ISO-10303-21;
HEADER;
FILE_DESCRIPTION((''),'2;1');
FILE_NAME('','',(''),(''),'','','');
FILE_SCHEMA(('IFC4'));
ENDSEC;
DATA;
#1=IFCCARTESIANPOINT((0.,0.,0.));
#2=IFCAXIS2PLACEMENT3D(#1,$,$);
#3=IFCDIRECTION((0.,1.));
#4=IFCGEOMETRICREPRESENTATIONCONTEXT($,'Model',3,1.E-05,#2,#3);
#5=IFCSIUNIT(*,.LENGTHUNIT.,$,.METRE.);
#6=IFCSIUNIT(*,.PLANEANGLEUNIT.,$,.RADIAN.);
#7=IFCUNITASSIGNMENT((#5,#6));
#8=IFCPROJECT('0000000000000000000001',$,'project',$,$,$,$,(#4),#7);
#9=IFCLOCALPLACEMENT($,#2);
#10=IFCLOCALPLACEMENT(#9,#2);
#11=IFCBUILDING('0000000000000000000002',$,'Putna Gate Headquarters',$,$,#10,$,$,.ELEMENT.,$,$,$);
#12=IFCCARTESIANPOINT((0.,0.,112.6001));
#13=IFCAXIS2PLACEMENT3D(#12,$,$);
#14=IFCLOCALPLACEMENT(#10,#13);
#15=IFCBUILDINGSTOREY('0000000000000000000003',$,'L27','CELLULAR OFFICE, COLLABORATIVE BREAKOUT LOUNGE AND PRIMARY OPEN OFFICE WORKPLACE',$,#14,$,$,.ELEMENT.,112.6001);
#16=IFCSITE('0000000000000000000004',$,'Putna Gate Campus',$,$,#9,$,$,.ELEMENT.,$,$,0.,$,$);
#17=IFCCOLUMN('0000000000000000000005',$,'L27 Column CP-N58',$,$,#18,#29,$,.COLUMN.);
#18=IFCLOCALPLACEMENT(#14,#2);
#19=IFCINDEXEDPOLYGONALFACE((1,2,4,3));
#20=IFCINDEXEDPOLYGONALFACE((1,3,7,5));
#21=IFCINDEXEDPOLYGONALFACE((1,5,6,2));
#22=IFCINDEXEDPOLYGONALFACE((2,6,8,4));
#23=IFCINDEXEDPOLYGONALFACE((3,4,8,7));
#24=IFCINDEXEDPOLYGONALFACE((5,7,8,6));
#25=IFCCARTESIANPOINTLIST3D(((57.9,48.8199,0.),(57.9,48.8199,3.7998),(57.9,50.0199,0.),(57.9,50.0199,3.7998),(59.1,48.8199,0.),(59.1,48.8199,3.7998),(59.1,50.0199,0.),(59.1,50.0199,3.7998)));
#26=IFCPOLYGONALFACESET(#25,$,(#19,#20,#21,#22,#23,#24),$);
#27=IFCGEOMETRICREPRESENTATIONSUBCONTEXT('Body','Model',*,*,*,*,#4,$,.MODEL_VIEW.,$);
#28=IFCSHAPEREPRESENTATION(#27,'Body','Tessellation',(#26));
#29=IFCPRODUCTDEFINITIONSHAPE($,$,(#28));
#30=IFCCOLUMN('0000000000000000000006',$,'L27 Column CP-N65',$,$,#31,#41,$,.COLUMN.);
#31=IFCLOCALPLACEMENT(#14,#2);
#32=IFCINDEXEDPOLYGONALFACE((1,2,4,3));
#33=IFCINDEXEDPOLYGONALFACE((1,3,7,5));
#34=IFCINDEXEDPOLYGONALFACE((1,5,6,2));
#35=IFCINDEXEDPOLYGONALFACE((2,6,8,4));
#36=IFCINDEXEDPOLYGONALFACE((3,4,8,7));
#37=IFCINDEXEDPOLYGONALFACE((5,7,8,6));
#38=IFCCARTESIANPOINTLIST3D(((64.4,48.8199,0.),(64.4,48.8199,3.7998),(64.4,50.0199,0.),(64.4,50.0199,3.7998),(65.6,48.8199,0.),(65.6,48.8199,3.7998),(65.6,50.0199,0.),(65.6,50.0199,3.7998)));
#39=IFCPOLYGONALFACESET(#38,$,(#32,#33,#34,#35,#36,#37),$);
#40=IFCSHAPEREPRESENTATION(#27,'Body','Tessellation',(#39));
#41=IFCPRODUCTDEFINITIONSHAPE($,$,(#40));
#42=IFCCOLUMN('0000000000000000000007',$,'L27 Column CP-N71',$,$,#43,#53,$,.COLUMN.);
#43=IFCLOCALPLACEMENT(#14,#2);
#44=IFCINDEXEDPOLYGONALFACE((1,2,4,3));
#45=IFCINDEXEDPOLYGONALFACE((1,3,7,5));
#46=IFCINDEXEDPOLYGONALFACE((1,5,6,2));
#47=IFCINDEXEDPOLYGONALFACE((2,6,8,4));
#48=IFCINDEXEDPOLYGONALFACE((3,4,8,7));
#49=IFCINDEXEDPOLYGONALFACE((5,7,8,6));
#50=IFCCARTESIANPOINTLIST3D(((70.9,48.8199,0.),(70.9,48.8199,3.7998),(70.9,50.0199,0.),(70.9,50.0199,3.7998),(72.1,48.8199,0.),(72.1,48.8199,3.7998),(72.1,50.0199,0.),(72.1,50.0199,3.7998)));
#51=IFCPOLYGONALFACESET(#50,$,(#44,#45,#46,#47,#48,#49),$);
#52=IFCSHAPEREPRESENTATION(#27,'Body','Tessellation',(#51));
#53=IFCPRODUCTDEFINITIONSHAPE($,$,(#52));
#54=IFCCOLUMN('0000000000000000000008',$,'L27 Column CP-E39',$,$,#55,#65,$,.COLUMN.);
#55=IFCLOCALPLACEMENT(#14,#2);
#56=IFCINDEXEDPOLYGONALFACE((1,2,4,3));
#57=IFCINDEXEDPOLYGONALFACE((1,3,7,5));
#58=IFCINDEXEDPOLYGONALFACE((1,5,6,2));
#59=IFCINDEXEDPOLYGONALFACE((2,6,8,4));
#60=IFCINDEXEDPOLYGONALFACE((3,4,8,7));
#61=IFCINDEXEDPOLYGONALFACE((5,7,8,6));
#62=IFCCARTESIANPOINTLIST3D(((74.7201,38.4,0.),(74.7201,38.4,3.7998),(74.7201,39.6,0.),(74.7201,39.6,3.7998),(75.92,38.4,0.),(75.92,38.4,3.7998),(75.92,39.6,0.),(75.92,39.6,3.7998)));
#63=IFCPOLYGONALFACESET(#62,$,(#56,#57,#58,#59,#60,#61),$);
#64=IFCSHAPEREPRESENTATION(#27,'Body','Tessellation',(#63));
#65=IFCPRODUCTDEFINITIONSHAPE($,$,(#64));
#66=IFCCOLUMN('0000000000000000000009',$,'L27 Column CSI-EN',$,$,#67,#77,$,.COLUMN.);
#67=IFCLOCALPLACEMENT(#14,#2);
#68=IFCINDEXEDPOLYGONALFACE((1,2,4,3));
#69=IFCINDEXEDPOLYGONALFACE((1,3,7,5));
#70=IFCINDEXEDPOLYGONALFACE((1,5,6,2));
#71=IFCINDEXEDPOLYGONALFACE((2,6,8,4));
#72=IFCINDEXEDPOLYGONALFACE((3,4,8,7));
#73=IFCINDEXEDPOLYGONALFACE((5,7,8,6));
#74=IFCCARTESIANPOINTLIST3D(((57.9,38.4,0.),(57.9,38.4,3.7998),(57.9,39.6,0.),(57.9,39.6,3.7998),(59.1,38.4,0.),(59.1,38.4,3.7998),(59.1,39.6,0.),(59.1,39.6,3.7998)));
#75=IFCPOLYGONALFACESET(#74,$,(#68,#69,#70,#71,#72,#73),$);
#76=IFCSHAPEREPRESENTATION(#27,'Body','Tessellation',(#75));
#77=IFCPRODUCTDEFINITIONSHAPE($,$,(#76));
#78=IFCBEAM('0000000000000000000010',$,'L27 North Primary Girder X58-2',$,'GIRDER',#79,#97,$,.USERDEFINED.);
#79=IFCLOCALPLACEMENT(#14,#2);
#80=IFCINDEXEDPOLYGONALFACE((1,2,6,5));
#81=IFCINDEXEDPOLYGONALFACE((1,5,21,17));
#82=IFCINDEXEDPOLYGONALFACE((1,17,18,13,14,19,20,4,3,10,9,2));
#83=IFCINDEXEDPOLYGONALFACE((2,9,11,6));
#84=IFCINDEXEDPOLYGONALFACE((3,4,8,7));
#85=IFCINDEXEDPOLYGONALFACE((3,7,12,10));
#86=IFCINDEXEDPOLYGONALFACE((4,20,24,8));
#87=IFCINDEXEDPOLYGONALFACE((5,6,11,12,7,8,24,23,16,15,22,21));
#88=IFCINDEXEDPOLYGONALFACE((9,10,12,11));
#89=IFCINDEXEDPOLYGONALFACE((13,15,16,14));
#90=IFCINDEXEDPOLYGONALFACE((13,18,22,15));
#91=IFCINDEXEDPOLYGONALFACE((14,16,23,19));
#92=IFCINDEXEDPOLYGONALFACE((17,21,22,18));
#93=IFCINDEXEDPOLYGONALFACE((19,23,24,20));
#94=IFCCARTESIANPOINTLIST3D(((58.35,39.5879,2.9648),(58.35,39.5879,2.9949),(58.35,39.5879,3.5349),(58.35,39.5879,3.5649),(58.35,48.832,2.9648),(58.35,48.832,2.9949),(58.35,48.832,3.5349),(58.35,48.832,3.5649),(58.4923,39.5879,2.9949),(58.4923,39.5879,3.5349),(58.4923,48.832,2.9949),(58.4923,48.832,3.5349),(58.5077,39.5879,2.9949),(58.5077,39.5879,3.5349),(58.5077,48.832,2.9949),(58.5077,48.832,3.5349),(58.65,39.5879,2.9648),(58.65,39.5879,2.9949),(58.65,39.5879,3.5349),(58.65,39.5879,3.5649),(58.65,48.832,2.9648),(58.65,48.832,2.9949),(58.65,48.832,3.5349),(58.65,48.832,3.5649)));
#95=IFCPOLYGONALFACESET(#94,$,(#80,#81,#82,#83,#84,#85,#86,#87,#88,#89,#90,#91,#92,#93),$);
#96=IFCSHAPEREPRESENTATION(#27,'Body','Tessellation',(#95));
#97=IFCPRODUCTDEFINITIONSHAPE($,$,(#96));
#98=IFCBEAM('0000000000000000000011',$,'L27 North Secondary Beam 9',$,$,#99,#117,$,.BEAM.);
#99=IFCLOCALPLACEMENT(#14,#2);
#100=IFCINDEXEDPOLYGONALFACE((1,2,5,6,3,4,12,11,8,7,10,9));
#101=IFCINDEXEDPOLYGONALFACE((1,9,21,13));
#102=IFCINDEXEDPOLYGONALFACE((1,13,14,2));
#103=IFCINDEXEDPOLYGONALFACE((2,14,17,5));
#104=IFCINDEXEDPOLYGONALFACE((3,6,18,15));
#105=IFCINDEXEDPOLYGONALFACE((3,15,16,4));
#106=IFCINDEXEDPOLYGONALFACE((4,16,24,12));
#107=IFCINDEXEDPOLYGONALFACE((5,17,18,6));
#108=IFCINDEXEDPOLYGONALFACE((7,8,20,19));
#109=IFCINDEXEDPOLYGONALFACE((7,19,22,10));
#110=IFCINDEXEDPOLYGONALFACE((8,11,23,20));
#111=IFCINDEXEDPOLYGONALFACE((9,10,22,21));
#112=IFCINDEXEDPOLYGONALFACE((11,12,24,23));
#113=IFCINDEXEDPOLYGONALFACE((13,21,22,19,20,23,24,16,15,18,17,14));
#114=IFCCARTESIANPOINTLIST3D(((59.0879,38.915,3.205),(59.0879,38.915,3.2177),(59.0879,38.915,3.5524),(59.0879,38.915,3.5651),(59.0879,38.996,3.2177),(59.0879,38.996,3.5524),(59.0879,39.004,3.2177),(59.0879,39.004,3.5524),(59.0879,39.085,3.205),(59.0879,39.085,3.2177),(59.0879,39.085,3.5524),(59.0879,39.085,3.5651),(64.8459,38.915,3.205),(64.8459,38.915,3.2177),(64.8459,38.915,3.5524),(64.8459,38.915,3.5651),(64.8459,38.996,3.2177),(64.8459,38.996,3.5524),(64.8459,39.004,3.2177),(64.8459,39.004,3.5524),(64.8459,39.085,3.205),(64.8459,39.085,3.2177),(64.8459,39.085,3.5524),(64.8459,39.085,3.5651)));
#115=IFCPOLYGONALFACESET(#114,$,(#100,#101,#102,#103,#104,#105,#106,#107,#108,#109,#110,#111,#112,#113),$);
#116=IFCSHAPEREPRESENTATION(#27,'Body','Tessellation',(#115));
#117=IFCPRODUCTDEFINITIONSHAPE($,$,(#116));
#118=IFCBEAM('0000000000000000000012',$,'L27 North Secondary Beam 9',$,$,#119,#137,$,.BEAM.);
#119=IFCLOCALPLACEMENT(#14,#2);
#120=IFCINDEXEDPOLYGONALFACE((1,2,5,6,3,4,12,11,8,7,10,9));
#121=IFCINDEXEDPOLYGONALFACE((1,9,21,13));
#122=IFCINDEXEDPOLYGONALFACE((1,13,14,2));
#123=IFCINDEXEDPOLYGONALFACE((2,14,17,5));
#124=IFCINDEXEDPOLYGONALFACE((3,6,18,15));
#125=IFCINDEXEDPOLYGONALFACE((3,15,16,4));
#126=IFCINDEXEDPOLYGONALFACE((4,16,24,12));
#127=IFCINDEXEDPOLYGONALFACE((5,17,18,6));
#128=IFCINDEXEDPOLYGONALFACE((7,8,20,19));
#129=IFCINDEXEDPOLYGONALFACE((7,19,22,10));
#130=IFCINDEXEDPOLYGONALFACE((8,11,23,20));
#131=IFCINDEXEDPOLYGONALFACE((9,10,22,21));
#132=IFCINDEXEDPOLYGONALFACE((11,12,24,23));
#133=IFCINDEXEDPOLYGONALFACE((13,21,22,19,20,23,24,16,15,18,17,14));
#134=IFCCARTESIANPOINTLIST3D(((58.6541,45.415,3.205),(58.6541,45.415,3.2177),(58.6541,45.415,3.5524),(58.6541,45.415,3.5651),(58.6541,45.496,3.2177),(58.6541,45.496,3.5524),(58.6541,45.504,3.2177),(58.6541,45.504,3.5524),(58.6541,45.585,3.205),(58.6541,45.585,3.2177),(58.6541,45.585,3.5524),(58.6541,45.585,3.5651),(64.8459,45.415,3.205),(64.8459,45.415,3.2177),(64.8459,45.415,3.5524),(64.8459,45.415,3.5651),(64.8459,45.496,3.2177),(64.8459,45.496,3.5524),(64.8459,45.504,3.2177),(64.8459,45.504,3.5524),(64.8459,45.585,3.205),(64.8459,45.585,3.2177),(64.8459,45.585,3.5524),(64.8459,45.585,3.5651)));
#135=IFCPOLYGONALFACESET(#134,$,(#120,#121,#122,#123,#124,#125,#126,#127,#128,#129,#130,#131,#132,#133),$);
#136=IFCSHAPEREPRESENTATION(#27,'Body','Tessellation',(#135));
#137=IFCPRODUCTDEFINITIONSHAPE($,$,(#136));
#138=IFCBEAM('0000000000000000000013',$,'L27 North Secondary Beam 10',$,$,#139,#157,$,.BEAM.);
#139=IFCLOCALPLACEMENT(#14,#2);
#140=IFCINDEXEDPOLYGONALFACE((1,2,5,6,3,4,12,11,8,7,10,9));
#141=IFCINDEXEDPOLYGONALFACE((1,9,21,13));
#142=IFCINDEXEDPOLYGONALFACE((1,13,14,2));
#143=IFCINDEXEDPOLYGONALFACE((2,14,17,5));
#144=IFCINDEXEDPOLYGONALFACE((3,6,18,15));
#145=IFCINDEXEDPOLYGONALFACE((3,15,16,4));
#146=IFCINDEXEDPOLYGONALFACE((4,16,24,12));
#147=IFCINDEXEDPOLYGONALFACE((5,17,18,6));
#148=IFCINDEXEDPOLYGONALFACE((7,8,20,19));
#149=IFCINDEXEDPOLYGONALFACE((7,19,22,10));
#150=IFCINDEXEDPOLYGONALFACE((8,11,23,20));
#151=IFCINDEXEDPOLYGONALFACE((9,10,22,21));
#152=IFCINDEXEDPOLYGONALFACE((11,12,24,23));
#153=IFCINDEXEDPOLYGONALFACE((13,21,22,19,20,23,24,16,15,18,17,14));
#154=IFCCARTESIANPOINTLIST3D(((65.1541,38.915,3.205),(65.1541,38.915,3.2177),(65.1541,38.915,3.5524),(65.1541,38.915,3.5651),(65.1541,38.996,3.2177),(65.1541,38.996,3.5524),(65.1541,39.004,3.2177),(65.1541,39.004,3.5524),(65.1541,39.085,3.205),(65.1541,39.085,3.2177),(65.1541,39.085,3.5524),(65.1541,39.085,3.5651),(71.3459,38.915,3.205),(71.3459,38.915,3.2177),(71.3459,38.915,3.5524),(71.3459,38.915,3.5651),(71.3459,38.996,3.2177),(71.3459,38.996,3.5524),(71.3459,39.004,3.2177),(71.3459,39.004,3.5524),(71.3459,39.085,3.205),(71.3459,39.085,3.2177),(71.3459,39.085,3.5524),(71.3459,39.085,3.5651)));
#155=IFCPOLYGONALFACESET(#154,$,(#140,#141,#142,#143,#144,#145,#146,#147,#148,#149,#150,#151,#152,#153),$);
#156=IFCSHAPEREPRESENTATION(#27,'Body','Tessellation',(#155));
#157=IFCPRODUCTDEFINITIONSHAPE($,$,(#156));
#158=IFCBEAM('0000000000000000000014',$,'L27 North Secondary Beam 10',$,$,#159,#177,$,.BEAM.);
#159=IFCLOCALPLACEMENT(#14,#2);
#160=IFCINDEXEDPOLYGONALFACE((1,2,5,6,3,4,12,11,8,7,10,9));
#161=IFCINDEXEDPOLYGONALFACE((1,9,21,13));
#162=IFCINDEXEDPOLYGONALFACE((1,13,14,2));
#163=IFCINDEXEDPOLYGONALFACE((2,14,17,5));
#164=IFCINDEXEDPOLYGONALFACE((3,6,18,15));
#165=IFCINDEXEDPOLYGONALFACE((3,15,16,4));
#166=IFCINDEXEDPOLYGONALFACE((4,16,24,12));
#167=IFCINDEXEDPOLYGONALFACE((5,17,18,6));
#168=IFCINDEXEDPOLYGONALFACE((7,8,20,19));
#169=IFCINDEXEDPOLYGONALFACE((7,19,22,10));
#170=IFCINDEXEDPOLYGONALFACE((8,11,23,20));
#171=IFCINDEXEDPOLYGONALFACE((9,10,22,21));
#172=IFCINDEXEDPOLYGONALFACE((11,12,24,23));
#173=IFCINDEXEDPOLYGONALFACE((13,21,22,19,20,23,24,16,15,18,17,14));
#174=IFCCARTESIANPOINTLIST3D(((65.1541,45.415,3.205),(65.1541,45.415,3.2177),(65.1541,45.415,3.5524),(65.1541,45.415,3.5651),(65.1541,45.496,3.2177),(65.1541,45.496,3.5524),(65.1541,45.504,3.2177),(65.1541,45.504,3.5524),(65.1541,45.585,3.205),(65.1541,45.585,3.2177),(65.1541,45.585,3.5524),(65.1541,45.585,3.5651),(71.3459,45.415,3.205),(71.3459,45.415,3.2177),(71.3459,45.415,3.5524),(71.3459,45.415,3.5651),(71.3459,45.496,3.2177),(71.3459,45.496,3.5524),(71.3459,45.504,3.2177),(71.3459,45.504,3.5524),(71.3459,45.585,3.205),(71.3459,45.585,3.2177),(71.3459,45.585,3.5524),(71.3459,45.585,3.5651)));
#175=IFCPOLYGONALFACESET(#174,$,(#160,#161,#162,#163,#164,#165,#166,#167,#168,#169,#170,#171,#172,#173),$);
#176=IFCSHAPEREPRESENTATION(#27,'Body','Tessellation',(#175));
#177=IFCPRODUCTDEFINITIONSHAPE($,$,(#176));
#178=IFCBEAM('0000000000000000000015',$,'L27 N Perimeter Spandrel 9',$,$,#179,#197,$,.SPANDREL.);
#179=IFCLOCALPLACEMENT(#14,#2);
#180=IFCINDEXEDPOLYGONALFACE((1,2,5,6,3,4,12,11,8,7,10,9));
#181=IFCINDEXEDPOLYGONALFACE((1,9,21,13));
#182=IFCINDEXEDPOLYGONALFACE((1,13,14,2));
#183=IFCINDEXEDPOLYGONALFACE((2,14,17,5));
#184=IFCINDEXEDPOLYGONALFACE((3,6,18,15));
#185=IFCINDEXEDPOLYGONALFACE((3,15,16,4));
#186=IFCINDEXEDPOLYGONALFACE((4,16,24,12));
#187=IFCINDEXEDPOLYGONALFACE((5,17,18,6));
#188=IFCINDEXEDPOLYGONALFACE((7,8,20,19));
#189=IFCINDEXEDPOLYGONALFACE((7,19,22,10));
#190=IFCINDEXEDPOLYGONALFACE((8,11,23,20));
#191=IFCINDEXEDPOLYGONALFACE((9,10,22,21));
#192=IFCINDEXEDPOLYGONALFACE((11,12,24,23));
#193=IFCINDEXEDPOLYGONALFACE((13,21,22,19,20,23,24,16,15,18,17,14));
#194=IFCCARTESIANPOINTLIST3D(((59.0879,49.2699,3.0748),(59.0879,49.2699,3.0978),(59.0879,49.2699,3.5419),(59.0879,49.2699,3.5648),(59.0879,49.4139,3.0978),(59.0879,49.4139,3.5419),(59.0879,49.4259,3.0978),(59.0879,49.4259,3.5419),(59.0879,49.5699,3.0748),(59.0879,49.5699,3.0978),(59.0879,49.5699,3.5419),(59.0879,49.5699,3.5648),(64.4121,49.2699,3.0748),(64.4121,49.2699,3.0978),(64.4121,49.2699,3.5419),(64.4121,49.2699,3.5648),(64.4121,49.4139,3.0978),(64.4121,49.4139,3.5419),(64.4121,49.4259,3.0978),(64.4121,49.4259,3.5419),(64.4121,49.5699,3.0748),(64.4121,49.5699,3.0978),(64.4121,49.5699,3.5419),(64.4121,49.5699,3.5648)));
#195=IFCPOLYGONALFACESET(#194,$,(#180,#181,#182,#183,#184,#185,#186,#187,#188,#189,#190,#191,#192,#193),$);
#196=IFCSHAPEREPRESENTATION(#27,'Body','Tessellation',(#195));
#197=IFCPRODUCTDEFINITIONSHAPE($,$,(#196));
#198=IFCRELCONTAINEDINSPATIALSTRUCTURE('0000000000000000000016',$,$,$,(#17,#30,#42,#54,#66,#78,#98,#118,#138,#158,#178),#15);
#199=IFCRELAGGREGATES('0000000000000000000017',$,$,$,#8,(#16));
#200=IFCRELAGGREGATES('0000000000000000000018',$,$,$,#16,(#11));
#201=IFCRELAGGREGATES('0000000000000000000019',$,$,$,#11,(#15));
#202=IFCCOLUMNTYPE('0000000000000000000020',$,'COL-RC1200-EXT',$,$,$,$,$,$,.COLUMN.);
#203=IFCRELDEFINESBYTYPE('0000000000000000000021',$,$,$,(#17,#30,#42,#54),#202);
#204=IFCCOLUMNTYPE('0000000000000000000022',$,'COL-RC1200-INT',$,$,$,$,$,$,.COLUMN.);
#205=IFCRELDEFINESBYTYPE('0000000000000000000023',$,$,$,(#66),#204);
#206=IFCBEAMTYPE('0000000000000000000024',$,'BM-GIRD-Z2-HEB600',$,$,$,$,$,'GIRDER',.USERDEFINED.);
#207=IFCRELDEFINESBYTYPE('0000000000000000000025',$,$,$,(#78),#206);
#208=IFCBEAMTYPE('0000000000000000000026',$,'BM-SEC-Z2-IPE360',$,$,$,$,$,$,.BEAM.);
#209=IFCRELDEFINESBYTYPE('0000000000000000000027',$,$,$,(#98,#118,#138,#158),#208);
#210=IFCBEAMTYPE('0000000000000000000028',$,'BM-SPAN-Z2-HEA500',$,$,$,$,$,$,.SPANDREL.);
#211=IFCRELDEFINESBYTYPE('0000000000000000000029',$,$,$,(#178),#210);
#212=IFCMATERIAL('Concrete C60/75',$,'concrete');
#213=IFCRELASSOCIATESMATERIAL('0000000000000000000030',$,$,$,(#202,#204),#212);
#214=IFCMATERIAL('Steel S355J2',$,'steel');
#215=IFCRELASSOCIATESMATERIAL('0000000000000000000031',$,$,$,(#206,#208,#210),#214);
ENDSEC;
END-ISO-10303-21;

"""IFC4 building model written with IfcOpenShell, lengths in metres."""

from ifc_helpers import new_model, si_unit, direction, frame, origin, origin_2d, place, context, subcontext, project, spatial, rectangle, i_section, extrude, material, material_profile, profile_set, type_object, element, save


model = new_model("IFC4")

# Units and contexts
model_context = context("Model", 3, precision=1e-05, world=origin(), true_north=direction((0.0, 1.0)))
body_context = subcontext(model_context, "Body", "Model", "MODEL_VIEW")
ifc_project = project(units=[si_unit("LENGTHUNIT", "METRE"), si_unit("PLANEANGLEUNIT", "RADIAN")], contexts=[model_context])

# Site, building, storey
site_placement = place(None, origin())
site = spatial("IfcSite", under=ifc_project, at=site_placement, Name="Putna Gate Campus", CompositionType="ELEMENT", RefElevation=0.0)
building_placement = place(site_placement, origin())
building = spatial("IfcBuilding", under=site, at=building_placement, Name="Putna Gate Headquarters", CompositionType="ELEMENT")
storey_placement = place(building_placement, frame((0.0, 0.0, 112.6001)))
storey = spatial("IfcBuildingStorey", under=building, at=storey_placement, Name="L27", Description="CELLULAR OFFICE, COLLABORATIVE BREAKOUT LOUNGE AND PRIMARY OPEN OFFICE WORKPLACE", CompositionType="ELEMENT", Elevation=112.6001)

# Columns
ifc_material_1 = material(Name="Concrete C60/75", Category="concrete")
ifc_material_profile_1 = material_profile(ifc_material_1, rectangle(XDim=1.2, YDim=1.2, at=origin_2d()), Name="Concrete C60/75")
ifc_profile_set_1 = profile_set([ifc_material_profile_1], Name="Concrete C60/75")
column_type_1 = type_object("IfcColumnType", Name="COL-RC1200-EXT", PredefinedType="COLUMN", material=ifc_profile_set_1)
for number, where, z_axis, x_axis, name in (
    (1, (58.5, 49.4199, 0.0), (0.0, 0.0, 1.0), (1.0, 0.0, 0.0), "L27 Column CP-N58"),
    (2, (65.0, 49.4199, 0.0), (0.0, 0.0, 1.0), (1.0, 0.0, 0.0), "L27 Column CP-N65"),
    (3, (71.5, 49.4199, 0.0), (0.0, 0.0, 1.0), (1.0, 0.0, 0.0), "L27 Column CP-N71"),
    (4, (75.3201, 39.0, 0.0), (0.0, 0.0, 1.0), (1.0, 0.0, 0.0), "L27 Column CP-E39"),
):
    element("IfcColumn", number, at=place(storey_placement, frame(where, z_axis=z_axis, x_axis=x_axis)), inside=storey, type_object=column_type_1, Name=name, PredefinedType="COLUMN", context=body_context, shape_type="SweptSolid", body=[
        extrude(rectangle(XDim=1.2, YDim=1.2, at=origin_2d()), origin(), (0.0, 0.0, 1.0), 3.7998),
    ])
ifc_material_profile_2 = material_profile(ifc_material_1, rectangle(XDim=1.2, YDim=1.2, at=origin_2d()), Name="Concrete C60/75")
ifc_profile_set_2 = profile_set([ifc_material_profile_2], Name="Concrete C60/75")
column_type_2 = type_object("IfcColumnType", Name="COL-RC1200-INT", PredefinedType="COLUMN", material=ifc_profile_set_2)
column_placement = place(storey_placement, frame((58.5, 39.0, 0.0), z_axis=(0.0, 0.0, 1.0), x_axis=(1.0, 0.0, 0.0)))
element("IfcColumn", 5, at=column_placement, inside=storey, type_object=column_type_2, Name="L27 Column CSI-EN", PredefinedType="COLUMN", context=body_context, shape_type="SweptSolid", body=[
    extrude(rectangle(XDim=1.2, YDim=1.2, at=origin_2d()), origin(), (0.0, 0.0, 1.0), 3.7998),
])

# Beams
ifc_material_2 = material(Name="Steel S355J2", Category="steel")
ifc_material_profile_3 = material_profile(ifc_material_2, i_section(OverallWidth=0.3, OverallDepth=0.6001, WebThickness=0.0154, FlangeThickness=0.03, at=origin_2d()), Name="Steel S355J2")
ifc_profile_set_3 = profile_set([ifc_material_profile_3], Name="Steel S355J2")
beam_type_1 = type_object("IfcBeamType", Name="BM-GIRD-Z2-HEB600", ElementType="GIRDER", PredefinedType="USERDEFINED", material=ifc_profile_set_3)
beam_1_placement = place(storey_placement, frame((58.5, 39.5879, 3.2649), z_axis=(0.0, 1.0, 0.0), x_axis=(-1.0, 0.0, 0.0)))
element("IfcBeam", 6, at=beam_1_placement, inside=storey, type_object=beam_type_1, Name="L27 North Primary Girder X58-2", ObjectType="GIRDER", PredefinedType="USERDEFINED", context=body_context, shape_type="SweptSolid", body=[
    extrude(i_section(OverallWidth=0.3, OverallDepth=0.6001, WebThickness=0.0154, FlangeThickness=0.03, at=origin_2d()), origin(), (0.0, 0.0, 1.0), 9.2441),
])
ifc_material_profile_4 = material_profile(ifc_material_2, i_section(OverallWidth=0.1699, OverallDepth=0.3601, WebThickness=0.0081, FlangeThickness=0.0127, at=origin_2d()), Name="Steel S355J2")
ifc_profile_set_4 = profile_set([ifc_material_profile_4], Name="Steel S355J2")
beam_type_2 = type_object("IfcBeamType", Name="BM-SEC-Z2-IPE360", PredefinedType="BEAM", material=ifc_profile_set_4)
beam_2_placement = place(storey_placement, frame((59.0879, 39.0, 3.385), z_axis=(1.0, 0.0, 0.0), x_axis=(0.0, 1.0, 0.0)))
element("IfcBeam", 7, at=beam_2_placement, inside=storey, type_object=beam_type_2, Name="L27 North Secondary Beam 9", PredefinedType="BEAM", context=body_context, shape_type="SweptSolid", body=[
    extrude(i_section(OverallWidth=0.1699, OverallDepth=0.3601, WebThickness=0.0081, FlangeThickness=0.0127, at=origin_2d()), origin(), (0.0, 0.0, 1.0), 5.7581),
])
for number, where, z_axis, x_axis, name in (
    (8, (58.6541, 45.5, 3.385), (1.0, 0.0, 0.0), (0.0, 1.0, 0.0), "L27 North Secondary Beam 9"),
    (9, (65.1541, 39.0, 3.385), (1.0, 0.0, 0.0), (0.0, 1.0, 0.0), "L27 North Secondary Beam 10"),
    (10, (65.1541, 45.5, 3.385), (1.0, 0.0, 0.0), (0.0, 1.0, 0.0), "L27 North Secondary Beam 10"),
):
    element("IfcBeam", number, at=place(storey_placement, frame(where, z_axis=z_axis, x_axis=x_axis)), inside=storey, type_object=beam_type_2, Name=name, PredefinedType="BEAM", context=body_context, shape_type="SweptSolid", body=[
        extrude(i_section(OverallWidth=0.1699, OverallDepth=0.3601, WebThickness=0.0081, FlangeThickness=0.0127, at=origin_2d()), origin(), (0.0, 0.0, 1.0), 6.1919),
    ])
ifc_material_profile_5 = material_profile(ifc_material_2, i_section(OverallWidth=0.3, OverallDepth=0.49, WebThickness=0.012, FlangeThickness=0.0229, at=origin_2d()), Name="Steel S355J2")
ifc_profile_set_5 = profile_set([ifc_material_profile_5], Name="Steel S355J2")
beam_type_3 = type_object("IfcBeamType", Name="BM-SPAN-Z2-HEA500", PredefinedType="SPANDREL", material=ifc_profile_set_5)
for number, where, z_axis, x_axis, name in (
    (11, (59.0879, 49.4199, 3.3198), (1.0, 0.0, 0.0), (0.0, 1.0, 0.0), "L27 N Perimeter Spandrel 9"),
):
    element("IfcBeam", number, at=place(storey_placement, frame(where, z_axis=z_axis, x_axis=x_axis)), inside=storey, type_object=beam_type_3, Name=name, PredefinedType="SPANDREL", context=body_context, shape_type="SweptSolid", body=[
        extrude(i_section(OverallWidth=0.3, OverallDepth=0.49, WebThickness=0.012, FlangeThickness=0.0229, at=origin_2d()), origin(), (0.0, 0.0, 1.0), 5.3242),
    ])

save(model, "model.ifc")
